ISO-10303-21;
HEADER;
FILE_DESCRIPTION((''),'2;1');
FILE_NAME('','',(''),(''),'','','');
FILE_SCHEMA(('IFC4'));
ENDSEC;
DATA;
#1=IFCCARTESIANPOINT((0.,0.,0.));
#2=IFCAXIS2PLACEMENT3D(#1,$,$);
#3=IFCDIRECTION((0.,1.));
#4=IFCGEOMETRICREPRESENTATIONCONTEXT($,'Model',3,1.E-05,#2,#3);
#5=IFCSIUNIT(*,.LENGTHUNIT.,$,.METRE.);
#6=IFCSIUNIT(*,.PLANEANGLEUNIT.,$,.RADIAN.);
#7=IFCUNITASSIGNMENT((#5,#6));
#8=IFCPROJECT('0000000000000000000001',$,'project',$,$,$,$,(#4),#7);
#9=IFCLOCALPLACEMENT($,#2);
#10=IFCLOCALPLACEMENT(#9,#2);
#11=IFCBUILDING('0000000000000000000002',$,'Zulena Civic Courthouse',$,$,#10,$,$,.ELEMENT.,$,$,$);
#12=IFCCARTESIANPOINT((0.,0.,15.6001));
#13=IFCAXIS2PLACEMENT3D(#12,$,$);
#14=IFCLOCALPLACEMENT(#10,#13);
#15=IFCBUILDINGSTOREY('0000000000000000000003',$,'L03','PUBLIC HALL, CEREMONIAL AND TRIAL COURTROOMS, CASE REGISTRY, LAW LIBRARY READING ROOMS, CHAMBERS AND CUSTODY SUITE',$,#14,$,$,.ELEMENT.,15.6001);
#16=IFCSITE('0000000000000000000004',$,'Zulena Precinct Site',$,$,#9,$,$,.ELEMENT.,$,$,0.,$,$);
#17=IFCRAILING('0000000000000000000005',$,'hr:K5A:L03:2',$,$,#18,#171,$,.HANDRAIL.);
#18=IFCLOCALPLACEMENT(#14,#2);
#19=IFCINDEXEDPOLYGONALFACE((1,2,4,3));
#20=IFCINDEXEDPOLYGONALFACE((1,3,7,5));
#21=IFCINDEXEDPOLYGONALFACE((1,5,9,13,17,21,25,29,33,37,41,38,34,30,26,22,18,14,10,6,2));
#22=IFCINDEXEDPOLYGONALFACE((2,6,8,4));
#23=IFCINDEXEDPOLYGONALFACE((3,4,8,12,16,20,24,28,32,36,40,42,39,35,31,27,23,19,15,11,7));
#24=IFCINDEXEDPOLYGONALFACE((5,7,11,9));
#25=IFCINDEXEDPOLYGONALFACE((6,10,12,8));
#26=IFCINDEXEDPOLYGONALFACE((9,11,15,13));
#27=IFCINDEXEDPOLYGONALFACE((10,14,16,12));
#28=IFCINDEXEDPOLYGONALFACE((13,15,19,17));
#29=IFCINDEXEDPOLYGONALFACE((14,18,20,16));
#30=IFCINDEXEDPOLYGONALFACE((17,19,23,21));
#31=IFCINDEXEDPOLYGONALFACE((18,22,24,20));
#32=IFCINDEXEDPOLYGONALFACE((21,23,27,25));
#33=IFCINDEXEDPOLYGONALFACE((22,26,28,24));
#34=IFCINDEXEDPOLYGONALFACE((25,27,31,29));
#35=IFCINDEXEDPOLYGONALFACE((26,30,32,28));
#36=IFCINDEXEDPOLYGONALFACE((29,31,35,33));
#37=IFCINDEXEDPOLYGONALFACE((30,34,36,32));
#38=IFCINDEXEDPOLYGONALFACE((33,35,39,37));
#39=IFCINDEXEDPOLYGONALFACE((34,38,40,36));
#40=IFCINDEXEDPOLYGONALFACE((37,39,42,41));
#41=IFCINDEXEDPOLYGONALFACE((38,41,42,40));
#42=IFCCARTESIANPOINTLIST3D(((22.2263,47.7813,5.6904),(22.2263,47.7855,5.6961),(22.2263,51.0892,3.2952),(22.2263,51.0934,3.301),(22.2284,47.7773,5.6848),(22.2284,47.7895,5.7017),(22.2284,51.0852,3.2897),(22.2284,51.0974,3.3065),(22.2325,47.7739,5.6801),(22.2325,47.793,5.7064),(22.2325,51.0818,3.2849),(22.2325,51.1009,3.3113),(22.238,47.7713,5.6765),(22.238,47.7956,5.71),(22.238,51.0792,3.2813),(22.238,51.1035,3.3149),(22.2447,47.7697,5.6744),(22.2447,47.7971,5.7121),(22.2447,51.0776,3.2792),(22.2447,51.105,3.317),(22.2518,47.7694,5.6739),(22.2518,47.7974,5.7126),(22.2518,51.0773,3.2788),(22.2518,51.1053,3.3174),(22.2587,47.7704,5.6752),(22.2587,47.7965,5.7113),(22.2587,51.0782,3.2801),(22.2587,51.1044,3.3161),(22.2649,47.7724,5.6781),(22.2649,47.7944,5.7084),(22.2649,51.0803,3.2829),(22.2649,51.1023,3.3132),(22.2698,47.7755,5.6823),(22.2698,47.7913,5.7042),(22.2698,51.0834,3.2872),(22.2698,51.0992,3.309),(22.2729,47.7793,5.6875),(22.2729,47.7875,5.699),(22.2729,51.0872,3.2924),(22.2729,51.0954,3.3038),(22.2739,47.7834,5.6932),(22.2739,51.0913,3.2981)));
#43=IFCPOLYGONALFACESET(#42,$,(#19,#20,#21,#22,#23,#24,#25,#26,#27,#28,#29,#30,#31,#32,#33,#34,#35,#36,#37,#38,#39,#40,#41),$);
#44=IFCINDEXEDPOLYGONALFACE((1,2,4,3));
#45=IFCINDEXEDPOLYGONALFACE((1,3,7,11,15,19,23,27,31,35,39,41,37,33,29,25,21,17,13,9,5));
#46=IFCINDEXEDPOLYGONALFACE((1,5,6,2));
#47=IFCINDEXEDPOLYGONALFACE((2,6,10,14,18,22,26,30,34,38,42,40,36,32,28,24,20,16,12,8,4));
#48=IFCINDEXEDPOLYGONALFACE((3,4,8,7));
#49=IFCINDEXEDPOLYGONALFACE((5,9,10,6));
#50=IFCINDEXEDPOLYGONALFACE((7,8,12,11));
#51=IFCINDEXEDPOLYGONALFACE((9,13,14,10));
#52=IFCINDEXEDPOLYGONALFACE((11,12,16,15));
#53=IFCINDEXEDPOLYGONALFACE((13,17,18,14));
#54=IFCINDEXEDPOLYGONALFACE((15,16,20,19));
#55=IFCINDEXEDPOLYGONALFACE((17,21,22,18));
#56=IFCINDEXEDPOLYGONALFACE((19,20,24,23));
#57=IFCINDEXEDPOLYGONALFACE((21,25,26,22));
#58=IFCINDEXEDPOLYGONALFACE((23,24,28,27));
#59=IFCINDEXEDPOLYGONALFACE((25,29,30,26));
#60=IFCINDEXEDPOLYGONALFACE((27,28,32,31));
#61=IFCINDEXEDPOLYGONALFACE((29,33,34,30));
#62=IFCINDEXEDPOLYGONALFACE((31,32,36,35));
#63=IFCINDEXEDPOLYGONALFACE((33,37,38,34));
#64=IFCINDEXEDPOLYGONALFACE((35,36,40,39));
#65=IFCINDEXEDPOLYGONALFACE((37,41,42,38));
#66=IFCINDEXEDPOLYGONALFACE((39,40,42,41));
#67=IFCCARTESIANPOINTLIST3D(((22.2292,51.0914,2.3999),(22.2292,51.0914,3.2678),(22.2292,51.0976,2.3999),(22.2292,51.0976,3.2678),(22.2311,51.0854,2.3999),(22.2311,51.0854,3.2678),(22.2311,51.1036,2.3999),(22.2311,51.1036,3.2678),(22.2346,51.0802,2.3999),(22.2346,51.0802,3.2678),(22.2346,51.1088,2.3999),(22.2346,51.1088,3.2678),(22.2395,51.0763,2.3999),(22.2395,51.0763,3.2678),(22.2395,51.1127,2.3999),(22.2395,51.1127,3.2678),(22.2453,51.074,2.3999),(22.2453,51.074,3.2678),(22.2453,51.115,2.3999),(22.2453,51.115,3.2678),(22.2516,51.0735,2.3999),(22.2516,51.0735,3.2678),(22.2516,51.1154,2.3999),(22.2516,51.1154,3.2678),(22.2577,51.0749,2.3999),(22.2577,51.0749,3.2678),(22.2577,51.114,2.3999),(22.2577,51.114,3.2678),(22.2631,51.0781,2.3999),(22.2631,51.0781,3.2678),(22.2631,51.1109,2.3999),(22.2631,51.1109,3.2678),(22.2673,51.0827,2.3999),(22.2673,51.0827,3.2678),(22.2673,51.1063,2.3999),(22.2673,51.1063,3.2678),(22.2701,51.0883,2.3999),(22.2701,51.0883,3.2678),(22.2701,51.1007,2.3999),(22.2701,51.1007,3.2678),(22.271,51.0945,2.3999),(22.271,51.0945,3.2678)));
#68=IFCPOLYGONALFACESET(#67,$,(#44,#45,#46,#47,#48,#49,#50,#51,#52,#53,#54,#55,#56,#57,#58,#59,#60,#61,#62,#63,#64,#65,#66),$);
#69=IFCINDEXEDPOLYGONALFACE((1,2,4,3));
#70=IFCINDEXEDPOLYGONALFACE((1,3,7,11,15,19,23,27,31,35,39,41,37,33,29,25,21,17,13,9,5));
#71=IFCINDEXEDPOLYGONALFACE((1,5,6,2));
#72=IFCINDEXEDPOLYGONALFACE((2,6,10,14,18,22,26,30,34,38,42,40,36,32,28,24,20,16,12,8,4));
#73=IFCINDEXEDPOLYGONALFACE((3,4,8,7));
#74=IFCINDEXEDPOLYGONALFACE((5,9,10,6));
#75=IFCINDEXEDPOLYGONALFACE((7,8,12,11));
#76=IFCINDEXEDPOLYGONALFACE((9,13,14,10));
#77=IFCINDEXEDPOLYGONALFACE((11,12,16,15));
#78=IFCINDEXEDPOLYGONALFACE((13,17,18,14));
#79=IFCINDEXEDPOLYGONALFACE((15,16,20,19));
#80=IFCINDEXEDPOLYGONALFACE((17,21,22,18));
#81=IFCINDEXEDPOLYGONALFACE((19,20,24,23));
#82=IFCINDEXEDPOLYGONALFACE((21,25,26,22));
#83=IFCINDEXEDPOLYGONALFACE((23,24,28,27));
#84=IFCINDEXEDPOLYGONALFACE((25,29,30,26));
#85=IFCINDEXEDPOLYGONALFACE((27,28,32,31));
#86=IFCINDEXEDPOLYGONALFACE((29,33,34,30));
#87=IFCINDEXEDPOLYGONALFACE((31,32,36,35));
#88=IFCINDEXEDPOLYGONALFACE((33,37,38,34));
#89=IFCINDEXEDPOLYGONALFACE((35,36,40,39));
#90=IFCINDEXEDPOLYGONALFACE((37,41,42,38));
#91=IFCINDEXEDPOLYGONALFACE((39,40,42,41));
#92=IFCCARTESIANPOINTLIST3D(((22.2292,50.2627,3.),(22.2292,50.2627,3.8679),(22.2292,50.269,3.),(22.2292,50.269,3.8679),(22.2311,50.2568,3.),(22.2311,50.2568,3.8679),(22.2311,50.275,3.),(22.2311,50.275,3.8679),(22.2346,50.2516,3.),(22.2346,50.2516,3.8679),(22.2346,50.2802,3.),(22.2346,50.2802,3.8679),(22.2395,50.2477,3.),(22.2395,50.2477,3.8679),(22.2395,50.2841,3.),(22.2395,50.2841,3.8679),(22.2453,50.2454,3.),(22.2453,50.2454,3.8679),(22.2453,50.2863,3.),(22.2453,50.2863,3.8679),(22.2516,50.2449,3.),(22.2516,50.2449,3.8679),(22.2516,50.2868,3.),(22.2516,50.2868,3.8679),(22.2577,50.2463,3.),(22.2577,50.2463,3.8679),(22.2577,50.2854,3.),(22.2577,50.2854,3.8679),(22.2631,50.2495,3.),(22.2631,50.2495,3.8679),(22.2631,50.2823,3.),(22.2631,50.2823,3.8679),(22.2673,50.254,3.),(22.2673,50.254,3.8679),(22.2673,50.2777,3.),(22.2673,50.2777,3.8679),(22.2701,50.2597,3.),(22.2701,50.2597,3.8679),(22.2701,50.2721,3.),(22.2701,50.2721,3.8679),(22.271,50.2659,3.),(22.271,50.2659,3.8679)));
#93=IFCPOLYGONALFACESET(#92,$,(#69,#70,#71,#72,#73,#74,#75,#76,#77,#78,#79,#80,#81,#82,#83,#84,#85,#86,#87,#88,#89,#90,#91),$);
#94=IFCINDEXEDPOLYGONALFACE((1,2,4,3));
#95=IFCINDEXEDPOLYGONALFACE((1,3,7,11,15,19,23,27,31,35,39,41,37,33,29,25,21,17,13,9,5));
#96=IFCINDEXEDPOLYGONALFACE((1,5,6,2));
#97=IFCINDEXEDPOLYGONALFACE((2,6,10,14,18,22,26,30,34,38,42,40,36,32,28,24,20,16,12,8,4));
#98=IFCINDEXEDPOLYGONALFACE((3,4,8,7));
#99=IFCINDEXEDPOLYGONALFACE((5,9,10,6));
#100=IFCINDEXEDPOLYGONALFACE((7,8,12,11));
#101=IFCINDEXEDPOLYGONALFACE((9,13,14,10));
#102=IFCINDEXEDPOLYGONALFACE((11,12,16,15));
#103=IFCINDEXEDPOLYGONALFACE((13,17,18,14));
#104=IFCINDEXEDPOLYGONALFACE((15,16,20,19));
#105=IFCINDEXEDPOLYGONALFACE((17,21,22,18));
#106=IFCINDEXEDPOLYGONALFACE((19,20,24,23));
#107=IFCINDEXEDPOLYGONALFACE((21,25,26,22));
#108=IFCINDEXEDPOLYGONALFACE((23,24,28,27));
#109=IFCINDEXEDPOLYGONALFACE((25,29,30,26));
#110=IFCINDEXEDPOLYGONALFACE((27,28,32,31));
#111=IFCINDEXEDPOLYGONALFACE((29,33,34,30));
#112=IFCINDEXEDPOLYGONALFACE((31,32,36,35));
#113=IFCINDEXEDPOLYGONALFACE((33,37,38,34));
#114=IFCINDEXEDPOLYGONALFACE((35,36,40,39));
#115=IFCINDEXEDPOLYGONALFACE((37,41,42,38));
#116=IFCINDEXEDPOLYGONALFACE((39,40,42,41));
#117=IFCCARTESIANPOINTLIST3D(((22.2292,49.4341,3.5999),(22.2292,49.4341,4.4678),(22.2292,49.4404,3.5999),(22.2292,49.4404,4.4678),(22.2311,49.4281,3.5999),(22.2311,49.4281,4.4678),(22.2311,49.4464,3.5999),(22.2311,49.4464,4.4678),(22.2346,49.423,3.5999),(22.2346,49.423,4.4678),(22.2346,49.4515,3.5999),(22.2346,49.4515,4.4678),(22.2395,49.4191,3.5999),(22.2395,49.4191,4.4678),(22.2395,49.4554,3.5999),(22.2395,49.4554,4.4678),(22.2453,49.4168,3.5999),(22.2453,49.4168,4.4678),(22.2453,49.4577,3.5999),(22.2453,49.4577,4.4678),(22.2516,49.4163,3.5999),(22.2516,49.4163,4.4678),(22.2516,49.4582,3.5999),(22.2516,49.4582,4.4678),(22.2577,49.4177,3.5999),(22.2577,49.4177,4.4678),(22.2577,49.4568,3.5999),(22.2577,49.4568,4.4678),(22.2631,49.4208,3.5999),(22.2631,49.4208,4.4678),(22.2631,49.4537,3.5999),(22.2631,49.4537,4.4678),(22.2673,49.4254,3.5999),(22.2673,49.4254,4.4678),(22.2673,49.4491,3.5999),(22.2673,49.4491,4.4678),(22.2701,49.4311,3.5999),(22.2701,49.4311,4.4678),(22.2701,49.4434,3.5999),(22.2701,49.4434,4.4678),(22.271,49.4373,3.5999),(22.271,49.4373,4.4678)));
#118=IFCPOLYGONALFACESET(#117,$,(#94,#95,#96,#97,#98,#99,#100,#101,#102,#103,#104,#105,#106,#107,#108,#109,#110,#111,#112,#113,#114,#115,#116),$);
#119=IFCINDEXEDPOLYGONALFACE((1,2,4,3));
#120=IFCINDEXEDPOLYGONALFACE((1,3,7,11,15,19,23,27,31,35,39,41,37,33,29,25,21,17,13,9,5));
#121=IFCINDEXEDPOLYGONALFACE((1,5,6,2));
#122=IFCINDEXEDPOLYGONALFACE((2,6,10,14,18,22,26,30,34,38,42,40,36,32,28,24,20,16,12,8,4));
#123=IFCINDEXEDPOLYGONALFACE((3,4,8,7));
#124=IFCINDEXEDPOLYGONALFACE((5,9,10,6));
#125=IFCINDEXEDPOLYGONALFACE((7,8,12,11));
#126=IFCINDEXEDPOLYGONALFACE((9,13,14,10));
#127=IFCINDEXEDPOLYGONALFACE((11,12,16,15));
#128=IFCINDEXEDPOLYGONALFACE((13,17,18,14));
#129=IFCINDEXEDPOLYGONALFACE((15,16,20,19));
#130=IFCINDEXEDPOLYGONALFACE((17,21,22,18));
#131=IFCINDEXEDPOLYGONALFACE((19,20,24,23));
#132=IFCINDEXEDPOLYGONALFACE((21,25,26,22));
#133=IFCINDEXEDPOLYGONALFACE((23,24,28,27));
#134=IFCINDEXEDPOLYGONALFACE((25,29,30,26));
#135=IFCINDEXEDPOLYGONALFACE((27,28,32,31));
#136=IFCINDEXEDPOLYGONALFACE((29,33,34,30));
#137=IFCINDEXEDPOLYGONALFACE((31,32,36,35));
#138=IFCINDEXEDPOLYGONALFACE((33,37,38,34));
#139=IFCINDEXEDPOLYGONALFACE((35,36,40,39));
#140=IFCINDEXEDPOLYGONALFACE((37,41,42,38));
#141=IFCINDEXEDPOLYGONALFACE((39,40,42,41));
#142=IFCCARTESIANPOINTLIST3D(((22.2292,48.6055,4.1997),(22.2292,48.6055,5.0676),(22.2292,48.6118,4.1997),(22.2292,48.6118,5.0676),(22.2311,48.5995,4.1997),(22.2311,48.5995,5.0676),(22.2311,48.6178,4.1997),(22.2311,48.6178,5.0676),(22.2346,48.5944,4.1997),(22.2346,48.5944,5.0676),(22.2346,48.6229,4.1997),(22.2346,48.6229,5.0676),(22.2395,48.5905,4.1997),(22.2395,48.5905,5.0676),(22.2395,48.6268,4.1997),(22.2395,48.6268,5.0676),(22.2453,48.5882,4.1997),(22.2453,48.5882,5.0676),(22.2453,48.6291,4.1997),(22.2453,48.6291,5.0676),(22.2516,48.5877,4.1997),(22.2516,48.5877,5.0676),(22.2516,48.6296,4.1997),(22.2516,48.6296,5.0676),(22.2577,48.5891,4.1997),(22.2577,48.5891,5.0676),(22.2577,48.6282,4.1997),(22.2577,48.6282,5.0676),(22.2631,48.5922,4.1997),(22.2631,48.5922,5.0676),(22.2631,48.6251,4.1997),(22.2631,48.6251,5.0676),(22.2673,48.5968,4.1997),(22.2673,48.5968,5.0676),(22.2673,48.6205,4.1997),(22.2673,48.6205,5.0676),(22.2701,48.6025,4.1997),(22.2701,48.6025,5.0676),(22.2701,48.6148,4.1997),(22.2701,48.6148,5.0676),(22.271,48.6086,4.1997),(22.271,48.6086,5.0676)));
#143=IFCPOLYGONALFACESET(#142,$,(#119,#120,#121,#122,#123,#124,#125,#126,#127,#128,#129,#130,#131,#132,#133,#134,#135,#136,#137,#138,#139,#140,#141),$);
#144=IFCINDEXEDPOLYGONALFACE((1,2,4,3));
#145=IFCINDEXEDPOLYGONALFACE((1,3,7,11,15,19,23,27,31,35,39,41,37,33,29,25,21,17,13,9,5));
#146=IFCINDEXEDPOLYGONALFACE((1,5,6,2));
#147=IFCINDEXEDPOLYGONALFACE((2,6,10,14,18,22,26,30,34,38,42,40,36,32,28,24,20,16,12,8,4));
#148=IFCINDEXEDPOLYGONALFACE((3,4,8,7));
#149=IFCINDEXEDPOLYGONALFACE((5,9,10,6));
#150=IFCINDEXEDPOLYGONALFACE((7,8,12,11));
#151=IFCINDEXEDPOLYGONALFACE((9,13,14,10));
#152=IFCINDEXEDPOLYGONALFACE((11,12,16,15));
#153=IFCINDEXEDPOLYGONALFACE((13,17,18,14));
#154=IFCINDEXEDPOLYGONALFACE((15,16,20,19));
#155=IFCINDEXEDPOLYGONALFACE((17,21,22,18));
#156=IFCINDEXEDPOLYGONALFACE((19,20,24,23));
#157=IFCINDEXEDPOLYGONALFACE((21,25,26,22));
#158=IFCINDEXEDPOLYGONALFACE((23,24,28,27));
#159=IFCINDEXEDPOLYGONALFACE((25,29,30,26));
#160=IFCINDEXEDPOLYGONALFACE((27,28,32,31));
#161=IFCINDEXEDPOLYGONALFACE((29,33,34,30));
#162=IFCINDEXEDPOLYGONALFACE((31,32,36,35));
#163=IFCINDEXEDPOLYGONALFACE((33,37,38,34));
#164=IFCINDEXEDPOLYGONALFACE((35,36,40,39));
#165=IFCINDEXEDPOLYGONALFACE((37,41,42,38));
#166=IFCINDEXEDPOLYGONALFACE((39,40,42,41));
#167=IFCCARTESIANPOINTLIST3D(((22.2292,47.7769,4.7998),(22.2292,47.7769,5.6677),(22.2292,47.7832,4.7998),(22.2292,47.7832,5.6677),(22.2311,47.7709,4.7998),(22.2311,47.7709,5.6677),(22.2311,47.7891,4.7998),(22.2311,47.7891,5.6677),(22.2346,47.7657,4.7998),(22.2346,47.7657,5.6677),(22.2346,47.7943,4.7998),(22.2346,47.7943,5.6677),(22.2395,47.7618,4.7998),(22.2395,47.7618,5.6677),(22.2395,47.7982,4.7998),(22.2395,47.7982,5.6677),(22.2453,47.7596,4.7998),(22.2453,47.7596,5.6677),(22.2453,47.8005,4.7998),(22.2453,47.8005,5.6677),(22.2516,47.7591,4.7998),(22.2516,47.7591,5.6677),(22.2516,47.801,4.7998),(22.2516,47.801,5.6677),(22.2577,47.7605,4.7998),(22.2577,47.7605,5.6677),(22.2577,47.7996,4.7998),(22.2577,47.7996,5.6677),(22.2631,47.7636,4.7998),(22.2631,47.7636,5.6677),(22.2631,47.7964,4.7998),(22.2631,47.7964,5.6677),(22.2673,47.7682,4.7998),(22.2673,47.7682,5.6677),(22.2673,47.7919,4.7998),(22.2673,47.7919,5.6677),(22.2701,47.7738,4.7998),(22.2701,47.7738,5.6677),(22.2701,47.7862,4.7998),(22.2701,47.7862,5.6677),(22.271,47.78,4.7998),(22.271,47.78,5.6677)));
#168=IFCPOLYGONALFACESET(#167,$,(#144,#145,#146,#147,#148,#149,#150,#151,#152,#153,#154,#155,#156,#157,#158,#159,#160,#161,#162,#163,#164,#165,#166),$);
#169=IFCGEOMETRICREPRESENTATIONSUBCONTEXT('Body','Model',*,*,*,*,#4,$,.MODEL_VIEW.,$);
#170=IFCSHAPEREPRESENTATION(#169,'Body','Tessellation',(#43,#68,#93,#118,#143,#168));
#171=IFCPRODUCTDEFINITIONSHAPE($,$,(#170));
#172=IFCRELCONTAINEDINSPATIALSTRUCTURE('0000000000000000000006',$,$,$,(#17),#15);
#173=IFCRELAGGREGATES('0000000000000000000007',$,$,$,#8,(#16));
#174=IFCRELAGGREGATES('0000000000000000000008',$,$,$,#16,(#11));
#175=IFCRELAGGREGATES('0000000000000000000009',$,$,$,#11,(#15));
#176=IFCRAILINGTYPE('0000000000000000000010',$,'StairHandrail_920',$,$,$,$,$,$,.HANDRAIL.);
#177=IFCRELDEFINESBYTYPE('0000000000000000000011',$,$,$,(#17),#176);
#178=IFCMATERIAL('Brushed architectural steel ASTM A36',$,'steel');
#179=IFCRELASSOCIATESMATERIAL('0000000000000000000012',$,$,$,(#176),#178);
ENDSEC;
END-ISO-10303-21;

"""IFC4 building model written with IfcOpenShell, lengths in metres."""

from ifc_helpers import new_model, si_unit, direction, frame, origin, origin_2d, place, context, subcontext, project, spatial, circle, extrude, material, type_object, element, save


model = new_model("IFC4")

# Units and contexts
model_context = context("Model", 3, precision=1e-05, world=origin(), true_north=direction((0.0, 1.0)))
body_context = subcontext(model_context, "Body", "Model", "MODEL_VIEW")
ifc_project = project(units=[si_unit("LENGTHUNIT", "METRE"), si_unit("PLANEANGLEUNIT", "RADIAN")], contexts=[model_context])

# Site, building, storey
site_placement = place(None, origin())
site = spatial("IfcSite", under=ifc_project, at=site_placement, Name="Zulena Precinct Site", CompositionType="ELEMENT", RefElevation=0.0)
building_placement = place(site_placement, origin())
building = spatial("IfcBuilding", under=site, at=building_placement, Name="Zulena Civic Courthouse", CompositionType="ELEMENT")
storey_placement = place(building_placement, frame((0.0, 0.0, 15.6001)))
storey = spatial("IfcBuildingStorey", under=building, at=storey_placement, Name="L03", Description="PUBLIC HALL, CEREMONIAL AND TRIAL COURTROOMS, CASE REGISTRY, LAW LIBRARY READING ROOMS, CHAMBERS AND CUSTODY SUITE", CompositionType="ELEMENT", Elevation=15.6001)

# Shared definitions
ifc_material_1 = material(Name="Brushed architectural steel ASTM A36", Category="steel")

# Railing
railing_type_1 = type_object("IfcRailingType", Name="StairHandrail_920", PredefinedType="HANDRAIL", material=ifc_material_1)
railing_1_placement = place(storey_placement, frame((22.25, 51.0945, 2.3999)))
element("IfcRailing", 1, at=railing_1_placement, inside=storey, type_object=railing_type_1, Name="hr:K5A:L03:2", PredefinedType="HANDRAIL", context=body_context, shape_type="SweptSolid", body=[
    extrude(circle(Radius=0.0239, at=origin_2d()), frame((0.0, -0.0032, 0.8982), z_axis=(0.0, -0.809968, 0.586475), x_axis=(1.0, 0.0, 0.0)), (0.0, 0.0, 1.0), 4.084),
    extrude(circle(Radius=0.021, at=origin_2d()), origin(), (0.0, 0.0, 1.0), 0.8679),
    extrude(circle(Radius=0.021, at=origin_2d()), frame((0.0, -0.8286, 0.6001)), (0.0, 0.0, 1.0), 0.8679),
    extrude(circle(Radius=0.021, at=origin_2d()), frame((0.0, -1.6572, 1.2)), (0.0, 0.0, 1.0), 0.8679),
    extrude(circle(Radius=0.021, at=origin_2d()), frame((0.0, -2.4858, 1.7998)), (0.0, 0.0, 1.0), 0.8679),
    extrude(circle(Radius=0.021, at=origin_2d()), frame((0.0, -3.3145, 2.3999)), (0.0, 0.0, 1.0), 0.8679),
])

save(model, "model.ifc")
